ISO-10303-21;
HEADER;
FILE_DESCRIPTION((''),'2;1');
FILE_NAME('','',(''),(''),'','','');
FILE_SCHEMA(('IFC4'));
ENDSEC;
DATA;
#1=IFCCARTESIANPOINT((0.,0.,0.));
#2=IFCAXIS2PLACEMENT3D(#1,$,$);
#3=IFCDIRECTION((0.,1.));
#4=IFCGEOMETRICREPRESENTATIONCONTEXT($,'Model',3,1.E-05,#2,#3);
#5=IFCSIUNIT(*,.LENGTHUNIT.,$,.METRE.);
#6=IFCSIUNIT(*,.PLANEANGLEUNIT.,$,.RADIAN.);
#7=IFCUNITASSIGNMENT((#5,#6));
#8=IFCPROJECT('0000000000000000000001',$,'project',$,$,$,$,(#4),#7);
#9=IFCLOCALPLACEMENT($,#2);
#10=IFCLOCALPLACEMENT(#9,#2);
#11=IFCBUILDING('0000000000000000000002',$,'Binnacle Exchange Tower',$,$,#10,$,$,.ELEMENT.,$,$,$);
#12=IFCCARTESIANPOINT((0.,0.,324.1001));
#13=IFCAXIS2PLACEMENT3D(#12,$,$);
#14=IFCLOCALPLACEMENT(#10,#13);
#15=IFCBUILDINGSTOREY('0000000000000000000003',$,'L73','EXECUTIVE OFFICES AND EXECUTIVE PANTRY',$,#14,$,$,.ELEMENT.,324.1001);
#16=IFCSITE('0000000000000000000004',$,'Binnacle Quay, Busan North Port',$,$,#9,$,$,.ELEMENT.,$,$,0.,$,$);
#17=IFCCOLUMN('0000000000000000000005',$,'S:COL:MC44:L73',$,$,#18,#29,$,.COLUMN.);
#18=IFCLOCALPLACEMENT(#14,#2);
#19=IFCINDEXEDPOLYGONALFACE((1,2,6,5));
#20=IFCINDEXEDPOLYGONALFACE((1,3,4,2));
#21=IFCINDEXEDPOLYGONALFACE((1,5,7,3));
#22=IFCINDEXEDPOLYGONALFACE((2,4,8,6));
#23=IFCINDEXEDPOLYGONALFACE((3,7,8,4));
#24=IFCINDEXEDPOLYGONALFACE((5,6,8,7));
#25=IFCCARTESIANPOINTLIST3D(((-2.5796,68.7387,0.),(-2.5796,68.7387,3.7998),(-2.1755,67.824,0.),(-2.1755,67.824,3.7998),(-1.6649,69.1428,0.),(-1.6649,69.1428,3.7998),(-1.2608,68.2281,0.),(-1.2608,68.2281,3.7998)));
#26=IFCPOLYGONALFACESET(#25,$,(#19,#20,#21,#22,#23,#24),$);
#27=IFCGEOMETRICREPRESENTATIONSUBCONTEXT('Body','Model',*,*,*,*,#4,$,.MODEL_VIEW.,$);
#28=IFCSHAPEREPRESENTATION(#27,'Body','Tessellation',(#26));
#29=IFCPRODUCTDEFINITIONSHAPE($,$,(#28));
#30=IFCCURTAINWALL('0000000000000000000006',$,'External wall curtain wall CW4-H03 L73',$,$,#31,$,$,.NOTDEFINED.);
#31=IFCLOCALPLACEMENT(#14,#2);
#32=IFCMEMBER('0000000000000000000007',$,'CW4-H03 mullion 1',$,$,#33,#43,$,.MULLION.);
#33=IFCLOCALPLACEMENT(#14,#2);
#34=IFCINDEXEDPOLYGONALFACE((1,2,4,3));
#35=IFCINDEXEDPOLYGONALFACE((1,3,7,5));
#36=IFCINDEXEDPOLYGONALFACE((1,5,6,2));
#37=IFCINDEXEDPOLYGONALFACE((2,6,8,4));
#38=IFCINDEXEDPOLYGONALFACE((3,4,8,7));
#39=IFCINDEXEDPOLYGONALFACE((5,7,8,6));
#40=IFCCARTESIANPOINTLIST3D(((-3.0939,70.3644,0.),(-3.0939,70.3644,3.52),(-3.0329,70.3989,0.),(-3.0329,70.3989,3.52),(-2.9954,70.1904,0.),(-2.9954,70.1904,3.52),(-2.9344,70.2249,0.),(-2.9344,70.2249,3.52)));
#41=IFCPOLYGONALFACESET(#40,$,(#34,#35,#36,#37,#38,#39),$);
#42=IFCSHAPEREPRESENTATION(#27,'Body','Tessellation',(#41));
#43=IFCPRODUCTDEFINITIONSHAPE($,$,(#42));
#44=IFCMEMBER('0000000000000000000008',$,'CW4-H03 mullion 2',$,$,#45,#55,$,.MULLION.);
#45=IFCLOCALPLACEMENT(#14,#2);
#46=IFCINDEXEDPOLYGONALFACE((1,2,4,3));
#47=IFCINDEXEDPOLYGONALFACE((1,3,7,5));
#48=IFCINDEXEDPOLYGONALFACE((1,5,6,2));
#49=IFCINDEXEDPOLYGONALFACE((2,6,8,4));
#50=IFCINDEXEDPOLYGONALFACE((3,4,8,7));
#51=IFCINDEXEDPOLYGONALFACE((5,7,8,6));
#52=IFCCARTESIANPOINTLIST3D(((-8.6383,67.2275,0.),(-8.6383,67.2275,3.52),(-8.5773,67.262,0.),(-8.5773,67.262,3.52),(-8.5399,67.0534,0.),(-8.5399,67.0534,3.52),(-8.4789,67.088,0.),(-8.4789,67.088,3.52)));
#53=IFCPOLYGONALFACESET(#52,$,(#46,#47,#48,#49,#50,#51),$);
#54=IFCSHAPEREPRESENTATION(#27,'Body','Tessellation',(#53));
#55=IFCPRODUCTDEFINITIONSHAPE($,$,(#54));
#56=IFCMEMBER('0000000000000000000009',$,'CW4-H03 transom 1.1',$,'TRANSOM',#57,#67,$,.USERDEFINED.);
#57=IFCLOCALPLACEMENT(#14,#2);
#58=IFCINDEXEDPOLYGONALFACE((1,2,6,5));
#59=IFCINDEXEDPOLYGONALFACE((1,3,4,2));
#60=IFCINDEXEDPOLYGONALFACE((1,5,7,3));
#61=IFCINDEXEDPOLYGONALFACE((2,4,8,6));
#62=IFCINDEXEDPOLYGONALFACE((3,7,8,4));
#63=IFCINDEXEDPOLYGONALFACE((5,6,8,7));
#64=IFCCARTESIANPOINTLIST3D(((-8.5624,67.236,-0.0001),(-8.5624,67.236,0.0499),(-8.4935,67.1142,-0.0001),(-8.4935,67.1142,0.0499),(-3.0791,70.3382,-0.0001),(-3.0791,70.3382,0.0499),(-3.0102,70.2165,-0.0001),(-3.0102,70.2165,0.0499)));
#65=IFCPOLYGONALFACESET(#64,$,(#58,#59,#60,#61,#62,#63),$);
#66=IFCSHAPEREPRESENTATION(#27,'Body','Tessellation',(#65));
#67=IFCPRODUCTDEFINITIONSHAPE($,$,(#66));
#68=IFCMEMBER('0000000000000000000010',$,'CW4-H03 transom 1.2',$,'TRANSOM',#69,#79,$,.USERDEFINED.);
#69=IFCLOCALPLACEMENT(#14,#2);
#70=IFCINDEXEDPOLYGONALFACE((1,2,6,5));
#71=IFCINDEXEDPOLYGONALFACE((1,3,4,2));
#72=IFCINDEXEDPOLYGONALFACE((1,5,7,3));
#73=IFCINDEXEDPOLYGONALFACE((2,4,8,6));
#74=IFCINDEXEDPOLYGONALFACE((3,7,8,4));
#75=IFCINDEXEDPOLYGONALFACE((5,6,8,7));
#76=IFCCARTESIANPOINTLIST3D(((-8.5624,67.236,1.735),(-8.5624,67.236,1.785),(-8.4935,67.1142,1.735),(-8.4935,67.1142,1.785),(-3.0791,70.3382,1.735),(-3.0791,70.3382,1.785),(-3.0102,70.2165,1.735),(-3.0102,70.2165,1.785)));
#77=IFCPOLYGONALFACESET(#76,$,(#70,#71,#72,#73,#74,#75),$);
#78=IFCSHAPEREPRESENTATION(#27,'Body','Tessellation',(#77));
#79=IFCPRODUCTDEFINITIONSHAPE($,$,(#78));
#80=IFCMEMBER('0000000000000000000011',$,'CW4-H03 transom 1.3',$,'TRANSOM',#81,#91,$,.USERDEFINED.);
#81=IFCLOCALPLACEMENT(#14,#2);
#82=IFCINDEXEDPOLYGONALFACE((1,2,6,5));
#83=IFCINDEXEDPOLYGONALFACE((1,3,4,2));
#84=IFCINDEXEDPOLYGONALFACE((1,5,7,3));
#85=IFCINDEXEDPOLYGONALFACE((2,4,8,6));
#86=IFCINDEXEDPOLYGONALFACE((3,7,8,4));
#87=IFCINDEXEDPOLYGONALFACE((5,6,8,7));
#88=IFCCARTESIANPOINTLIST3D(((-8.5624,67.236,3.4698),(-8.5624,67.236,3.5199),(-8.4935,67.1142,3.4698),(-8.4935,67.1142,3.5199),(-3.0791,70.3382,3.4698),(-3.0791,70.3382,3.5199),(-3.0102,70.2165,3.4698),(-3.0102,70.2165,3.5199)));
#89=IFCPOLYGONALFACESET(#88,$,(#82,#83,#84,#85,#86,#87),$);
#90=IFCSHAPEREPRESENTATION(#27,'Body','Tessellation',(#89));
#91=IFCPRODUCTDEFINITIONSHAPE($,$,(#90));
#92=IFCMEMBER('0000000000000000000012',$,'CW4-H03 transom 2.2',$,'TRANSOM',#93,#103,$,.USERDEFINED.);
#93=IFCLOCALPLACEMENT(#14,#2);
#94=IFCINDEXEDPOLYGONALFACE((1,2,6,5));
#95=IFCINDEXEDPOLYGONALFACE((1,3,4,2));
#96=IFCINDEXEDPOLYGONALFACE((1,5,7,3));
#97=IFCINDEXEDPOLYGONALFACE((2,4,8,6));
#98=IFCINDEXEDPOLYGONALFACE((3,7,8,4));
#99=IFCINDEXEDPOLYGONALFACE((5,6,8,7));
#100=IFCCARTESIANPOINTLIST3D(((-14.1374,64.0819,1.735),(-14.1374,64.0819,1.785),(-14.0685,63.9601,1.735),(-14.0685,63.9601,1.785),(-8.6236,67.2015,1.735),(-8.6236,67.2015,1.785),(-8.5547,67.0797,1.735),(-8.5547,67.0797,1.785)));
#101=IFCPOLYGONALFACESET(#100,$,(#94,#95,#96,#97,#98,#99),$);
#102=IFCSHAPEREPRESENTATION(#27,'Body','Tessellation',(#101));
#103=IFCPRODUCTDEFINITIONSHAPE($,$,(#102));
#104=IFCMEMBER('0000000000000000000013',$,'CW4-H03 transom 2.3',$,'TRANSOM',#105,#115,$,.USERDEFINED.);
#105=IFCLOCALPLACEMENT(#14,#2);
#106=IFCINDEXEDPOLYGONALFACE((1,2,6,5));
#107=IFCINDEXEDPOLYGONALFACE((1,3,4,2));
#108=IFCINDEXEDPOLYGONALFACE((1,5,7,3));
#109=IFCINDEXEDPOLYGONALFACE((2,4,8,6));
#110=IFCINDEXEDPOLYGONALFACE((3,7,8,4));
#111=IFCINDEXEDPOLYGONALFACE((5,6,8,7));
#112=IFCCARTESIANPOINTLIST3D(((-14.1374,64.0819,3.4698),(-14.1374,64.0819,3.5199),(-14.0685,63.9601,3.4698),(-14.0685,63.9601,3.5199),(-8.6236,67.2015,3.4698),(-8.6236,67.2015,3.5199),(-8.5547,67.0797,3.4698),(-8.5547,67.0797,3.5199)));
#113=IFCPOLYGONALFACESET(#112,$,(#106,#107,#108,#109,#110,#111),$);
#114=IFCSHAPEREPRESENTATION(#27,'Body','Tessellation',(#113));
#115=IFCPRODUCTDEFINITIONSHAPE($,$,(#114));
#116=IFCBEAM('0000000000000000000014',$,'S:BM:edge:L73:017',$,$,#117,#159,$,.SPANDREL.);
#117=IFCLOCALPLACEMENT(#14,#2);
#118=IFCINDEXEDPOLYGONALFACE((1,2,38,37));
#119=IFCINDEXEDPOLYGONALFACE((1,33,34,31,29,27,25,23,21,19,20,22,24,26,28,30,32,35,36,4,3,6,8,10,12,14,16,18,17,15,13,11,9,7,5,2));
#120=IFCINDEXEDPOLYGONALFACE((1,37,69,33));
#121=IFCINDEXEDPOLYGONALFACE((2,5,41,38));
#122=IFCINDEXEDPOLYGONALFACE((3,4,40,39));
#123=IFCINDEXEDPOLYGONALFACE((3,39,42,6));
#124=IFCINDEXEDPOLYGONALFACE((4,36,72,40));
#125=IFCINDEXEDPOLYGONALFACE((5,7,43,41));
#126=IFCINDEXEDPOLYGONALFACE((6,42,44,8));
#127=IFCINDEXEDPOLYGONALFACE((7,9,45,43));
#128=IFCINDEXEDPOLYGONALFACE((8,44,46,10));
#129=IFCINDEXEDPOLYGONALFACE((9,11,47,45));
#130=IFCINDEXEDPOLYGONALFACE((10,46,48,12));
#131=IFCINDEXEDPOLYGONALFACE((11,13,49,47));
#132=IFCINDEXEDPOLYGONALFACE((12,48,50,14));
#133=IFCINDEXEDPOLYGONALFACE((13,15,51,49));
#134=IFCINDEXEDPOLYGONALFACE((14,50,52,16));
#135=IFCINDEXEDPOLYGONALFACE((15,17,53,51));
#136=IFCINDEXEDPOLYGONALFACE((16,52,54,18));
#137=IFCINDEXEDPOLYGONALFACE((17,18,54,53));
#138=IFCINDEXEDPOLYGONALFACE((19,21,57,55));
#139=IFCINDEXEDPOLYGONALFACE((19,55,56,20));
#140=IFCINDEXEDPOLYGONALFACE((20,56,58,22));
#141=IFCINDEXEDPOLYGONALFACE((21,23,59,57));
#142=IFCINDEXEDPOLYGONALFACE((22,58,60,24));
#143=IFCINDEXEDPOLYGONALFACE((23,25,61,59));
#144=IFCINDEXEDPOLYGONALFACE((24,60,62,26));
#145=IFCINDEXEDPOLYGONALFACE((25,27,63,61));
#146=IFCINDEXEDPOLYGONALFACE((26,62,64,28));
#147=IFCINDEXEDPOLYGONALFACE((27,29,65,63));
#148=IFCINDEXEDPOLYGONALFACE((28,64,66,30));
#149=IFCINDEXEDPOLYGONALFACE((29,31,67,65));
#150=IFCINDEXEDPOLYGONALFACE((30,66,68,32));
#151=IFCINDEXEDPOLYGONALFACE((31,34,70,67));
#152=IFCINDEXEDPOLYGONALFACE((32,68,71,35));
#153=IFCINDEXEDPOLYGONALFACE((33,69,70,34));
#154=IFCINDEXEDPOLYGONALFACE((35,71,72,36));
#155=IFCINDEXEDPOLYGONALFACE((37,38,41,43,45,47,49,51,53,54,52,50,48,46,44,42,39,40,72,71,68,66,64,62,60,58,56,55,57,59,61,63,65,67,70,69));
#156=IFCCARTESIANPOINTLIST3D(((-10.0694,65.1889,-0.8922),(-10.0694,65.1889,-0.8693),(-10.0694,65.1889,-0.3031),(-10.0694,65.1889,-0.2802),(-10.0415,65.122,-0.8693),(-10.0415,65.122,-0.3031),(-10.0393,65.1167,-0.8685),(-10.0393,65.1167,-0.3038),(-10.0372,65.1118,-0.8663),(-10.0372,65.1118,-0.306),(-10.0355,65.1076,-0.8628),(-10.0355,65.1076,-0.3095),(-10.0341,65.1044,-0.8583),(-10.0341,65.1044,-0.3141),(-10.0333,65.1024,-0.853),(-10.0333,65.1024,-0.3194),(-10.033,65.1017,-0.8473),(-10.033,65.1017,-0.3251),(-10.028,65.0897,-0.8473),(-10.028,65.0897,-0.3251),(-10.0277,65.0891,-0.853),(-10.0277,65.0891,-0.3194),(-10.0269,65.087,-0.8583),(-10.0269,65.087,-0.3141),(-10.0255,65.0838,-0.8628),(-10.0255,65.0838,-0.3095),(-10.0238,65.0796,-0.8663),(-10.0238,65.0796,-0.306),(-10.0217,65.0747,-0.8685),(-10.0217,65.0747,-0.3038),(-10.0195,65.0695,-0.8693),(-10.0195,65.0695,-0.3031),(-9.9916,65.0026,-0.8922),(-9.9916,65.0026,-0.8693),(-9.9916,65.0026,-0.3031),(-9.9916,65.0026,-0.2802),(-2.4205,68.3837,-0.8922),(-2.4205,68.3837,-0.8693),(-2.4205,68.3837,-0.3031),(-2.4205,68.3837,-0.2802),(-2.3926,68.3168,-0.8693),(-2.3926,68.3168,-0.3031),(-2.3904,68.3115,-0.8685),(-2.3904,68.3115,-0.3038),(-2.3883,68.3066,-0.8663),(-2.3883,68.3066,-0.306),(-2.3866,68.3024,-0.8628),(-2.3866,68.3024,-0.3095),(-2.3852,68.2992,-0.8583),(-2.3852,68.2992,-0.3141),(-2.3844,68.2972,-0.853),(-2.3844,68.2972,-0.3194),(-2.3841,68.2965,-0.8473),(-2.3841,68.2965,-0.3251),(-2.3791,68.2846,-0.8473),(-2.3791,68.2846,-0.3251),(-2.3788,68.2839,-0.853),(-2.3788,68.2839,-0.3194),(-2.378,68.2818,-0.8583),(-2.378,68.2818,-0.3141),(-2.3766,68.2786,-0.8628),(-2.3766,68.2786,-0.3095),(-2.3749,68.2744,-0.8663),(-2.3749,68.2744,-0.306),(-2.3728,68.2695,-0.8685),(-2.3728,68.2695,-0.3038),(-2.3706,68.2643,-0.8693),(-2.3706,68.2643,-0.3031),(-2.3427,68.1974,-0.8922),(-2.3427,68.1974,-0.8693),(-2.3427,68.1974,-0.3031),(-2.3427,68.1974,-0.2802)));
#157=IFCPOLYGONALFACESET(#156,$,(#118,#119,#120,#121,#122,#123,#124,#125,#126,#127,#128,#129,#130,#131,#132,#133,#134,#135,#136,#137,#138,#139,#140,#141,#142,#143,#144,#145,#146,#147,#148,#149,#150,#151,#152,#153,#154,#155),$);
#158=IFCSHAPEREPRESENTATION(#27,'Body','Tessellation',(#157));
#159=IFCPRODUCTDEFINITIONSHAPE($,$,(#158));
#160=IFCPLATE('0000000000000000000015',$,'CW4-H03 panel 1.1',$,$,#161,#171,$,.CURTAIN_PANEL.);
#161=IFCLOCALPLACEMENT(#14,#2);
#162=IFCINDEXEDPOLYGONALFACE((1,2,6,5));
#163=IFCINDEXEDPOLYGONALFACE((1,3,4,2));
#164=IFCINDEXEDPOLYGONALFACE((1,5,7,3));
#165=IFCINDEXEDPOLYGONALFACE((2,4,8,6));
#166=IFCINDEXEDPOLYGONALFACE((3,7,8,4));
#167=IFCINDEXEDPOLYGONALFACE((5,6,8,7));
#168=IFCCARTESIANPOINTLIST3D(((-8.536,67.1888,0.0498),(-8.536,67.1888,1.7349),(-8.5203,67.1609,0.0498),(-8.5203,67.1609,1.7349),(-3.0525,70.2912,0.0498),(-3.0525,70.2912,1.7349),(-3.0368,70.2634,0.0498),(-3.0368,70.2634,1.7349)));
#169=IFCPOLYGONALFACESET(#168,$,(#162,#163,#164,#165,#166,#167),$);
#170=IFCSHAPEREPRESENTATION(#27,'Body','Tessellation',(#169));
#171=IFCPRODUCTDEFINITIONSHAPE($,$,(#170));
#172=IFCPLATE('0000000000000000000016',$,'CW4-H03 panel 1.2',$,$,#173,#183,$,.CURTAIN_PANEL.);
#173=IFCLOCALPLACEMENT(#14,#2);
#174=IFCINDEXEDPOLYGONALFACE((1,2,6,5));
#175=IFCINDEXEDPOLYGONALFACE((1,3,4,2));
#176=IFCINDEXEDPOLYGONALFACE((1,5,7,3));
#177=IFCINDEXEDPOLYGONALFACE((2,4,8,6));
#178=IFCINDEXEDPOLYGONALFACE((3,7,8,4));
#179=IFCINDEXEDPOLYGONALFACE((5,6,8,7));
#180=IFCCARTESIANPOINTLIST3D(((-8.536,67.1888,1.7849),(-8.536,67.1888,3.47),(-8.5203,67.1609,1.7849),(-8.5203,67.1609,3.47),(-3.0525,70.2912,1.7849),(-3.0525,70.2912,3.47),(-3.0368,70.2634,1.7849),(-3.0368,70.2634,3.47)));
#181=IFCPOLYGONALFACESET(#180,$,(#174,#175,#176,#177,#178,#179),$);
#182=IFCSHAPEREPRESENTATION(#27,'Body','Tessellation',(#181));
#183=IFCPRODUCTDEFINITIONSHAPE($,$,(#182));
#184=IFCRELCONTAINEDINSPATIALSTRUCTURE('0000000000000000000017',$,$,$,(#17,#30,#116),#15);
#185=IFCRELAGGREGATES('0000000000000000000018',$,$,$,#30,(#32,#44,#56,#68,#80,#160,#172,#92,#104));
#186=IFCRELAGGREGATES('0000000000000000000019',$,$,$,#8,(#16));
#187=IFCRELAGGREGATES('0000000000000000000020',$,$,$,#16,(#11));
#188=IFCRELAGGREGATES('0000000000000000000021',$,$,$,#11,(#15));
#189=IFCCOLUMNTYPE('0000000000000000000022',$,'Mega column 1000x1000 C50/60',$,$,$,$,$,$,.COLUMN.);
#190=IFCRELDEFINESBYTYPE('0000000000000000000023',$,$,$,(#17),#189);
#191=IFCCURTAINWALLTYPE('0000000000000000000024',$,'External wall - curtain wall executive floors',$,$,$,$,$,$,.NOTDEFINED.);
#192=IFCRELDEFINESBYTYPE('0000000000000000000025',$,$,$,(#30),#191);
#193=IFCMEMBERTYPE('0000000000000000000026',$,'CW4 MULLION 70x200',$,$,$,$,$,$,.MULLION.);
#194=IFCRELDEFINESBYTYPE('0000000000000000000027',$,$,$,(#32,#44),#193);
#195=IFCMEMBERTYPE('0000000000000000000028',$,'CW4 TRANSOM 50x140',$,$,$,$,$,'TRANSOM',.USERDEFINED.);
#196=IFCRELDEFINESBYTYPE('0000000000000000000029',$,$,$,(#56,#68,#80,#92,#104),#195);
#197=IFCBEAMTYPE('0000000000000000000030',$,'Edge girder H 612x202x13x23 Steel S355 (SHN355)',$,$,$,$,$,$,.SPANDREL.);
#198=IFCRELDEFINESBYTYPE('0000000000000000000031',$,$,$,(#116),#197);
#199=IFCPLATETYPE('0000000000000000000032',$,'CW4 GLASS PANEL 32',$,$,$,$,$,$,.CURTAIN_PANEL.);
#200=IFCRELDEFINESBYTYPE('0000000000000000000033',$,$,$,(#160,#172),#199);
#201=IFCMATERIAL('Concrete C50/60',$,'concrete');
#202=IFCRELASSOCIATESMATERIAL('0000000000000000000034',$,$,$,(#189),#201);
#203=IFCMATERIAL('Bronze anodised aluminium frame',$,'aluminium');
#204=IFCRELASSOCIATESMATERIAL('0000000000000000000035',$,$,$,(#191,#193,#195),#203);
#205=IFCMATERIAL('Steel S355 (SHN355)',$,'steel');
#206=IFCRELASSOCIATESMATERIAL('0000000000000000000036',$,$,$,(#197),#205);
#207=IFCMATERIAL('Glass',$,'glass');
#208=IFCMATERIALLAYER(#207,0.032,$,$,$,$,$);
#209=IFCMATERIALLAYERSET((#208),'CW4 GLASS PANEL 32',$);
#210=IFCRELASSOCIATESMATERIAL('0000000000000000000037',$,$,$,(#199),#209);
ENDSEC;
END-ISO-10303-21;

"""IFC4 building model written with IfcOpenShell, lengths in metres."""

from ifc_helpers import new_model, si_unit, direction, frame, origin, origin_2d, place, context, subcontext, project, spatial, rectangle, i_section, extrude, material, layer, layer_set, material_profile, profile_set, type_object, element, aggregate, save


model = new_model("IFC4")

# Units and contexts
model_context = context("Model", 3, precision=1e-05, world=origin(), true_north=direction((0.0, 1.0)))
body_context = subcontext(model_context, "Body", "Model", "MODEL_VIEW")
ifc_project = project(units=[si_unit("LENGTHUNIT", "METRE"), si_unit("PLANEANGLEUNIT", "RADIAN")], contexts=[model_context])

# Site, building, storey
site_placement = place(None, origin())
site = spatial("IfcSite", under=ifc_project, at=site_placement, Name="Binnacle Quay, Busan North Port", CompositionType="ELEMENT", RefElevation=0.0)
building_placement = place(site_placement, origin())
building = spatial("IfcBuilding", under=site, at=building_placement, Name="Binnacle Exchange Tower", CompositionType="ELEMENT")
storey_placement = place(building_placement, frame((0.0, 0.0, 324.1001)))
storey = spatial("IfcBuildingStorey", under=building, at=storey_placement, Name="L73", Description="EXECUTIVE OFFICES AND EXECUTIVE PANTRY", CompositionType="ELEMENT", Elevation=324.1001)

# Column
ifc_material_1 = material(Name="Concrete C50/60", Category="concrete")
ifc_material_profile_1 = material_profile(ifc_material_1, rectangle(XDim=1.0, YDim=1.0, at=origin_2d()), Name="Mega column 1000x1000 C50/60")
ifc_profile_set_1 = profile_set([ifc_material_profile_1], Name="Concrete C50/60")
column_type = type_object("IfcColumnType", Name="Mega column 1000x1000 C50/60", PredefinedType="COLUMN", material=ifc_profile_set_1)
column_placement = place(storey_placement, frame((-1.9202, 68.4834, 0.0), z_axis=(0.0, 0.0, 1.0), x_axis=(-0.914713, -0.404104, 0.0)))
element("IfcColumn", 1, at=column_placement, inside=storey, type_object=column_type, Name="S:COL:MC44:L73", PredefinedType="COLUMN", context=body_context, shape_type="SweptSolid", body=[
    extrude(rectangle(XDim=1.0, YDim=1.0, at=origin_2d()), origin(), (0.0, 0.0, 1.0), 3.7998),
])

# Curtain wall, members
ifc_material_2 = material(Name="Bronze anodised aluminium frame", Category="aluminium")
curtain_wall_type = type_object("IfcCurtainWallType", Name="External wall - curtain wall executive floors", PredefinedType="NOTDEFINED", material=ifc_material_2)
curtain_wall_placement = place(storey_placement, origin())
curtain_wall = element("IfcCurtainWall", 2, at=curtain_wall_placement, inside=storey, type_object=curtain_wall_type, Name="External wall curtain wall CW4-H03 L73", PredefinedType="NOTDEFINED")
ifc_material_profile_2 = material_profile(ifc_material_2, rectangle(XDim=0.2, YDim=0.0701, at=origin_2d()), Name="AL 70x200")
ifc_profile_set_2 = profile_set([ifc_material_profile_2], Name="Bronze anodised aluminium frame")
member_type_1 = type_object("IfcMemberType", Name="CW4 MULLION 70x200", PredefinedType="MULLION", material=ifc_profile_set_2)
member_1_placement = place(storey_placement, frame((-3.0142, 70.2947, 0.0), z_axis=(0.0, 0.0, 1.0), x_axis=(0.492424, -0.870356, 0.0)))
member_1 = element("IfcMember", 3, at=member_1_placement, type_object=member_type_1, Name="CW4-H03 mullion 1", PredefinedType="MULLION", context=body_context, shape_type="SweptSolid", body=[
    extrude(rectangle(XDim=0.2, YDim=0.0701, at=origin_2d()), origin(), (0.0, 0.0, 1.0), 3.52),
])
member_2_placement = place(storey_placement, frame((-8.5586, 67.1577, 0.0), z_axis=(0.0, 0.0, 1.0), x_axis=(0.492424, -0.870356, 0.0)))
member_2 = element("IfcMember", 4, at=member_2_placement, type_object=member_type_1, Name="CW4-H03 mullion 2", PredefinedType="MULLION", context=body_context, shape_type="SweptSolid", body=[
    extrude(rectangle(XDim=0.2, YDim=0.0701, at=origin_2d()), origin(), (0.0, 0.0, 1.0), 3.52),
])
ifc_material_profile_3 = material_profile(ifc_material_2, rectangle(XDim=0.1399, YDim=0.05, at=origin_2d()), Name="AL 140x50")
ifc_profile_set_3 = profile_set([ifc_material_profile_3], Name="Bronze anodised aluminium frame")
member_type_2 = type_object("IfcMemberType", Name="CW4 TRANSOM 50x140", ElementType="TRANSOM", PredefinedType="USERDEFINED", material=ifc_profile_set_3)
member_3_placement = place(storey_placement, frame((-3.0447, 70.2773, 0.0249), z_axis=(-0.87036, -0.492416, 0.0), x_axis=(0.492416, -0.87036, 0.0)))
member_3 = element("IfcMember", 5, at=member_3_placement, type_object=member_type_2, Name="CW4-H03 transom 1.1", ObjectType="TRANSOM", PredefinedType="USERDEFINED", context=body_context, shape_type="SweptSolid", body=[
    extrude(rectangle(XDim=0.1399, YDim=0.05, at=origin_2d()), origin(), (0.0, 0.0, 1.0), 6.3),
])
member_4_placement = place(storey_placement, frame((-3.0447, 70.2773, 1.76), z_axis=(-0.87036, -0.492416, 0.0), x_axis=(0.492416, -0.87036, 0.0)))
member_4 = element("IfcMember", 6, at=member_4_placement, type_object=member_type_2, Name="CW4-H03 transom 1.2", ObjectType="TRANSOM", PredefinedType="USERDEFINED", context=body_context, shape_type="SweptSolid", body=[
    extrude(rectangle(XDim=0.1399, YDim=0.05, at=origin_2d()), origin(), (0.0, 0.0, 1.0), 6.3),
])
member_5_placement = place(storey_placement, frame((-3.0447, 70.2773, 3.4949), z_axis=(-0.87036, -0.492416, 0.0), x_axis=(0.492416, -0.87036, 0.0)))
member_5 = element("IfcMember", 7, at=member_5_placement, type_object=member_type_2, Name="CW4-H03 transom 1.3", ObjectType="TRANSOM", PredefinedType="USERDEFINED", context=body_context, shape_type="SweptSolid", body=[
    extrude(rectangle(XDim=0.1399, YDim=0.05, at=origin_2d()), origin(), (0.0, 0.0, 1.0), 6.3),
])
member_6_placement = place(storey_placement, frame((-8.5891, 67.1406, 1.76), z_axis=(-0.870355, -0.492424, 0.0), x_axis=(0.492424, -0.870355, 0.0)))
member_6 = element("IfcMember", 8, at=member_6_placement, type_object=member_type_2, Name="CW4-H03 transom 2.2", ObjectType="TRANSOM", PredefinedType="USERDEFINED", context=body_context, shape_type="SweptSolid", body=[
    extrude(rectangle(XDim=0.1399, YDim=0.05, at=origin_2d()), origin(), (0.0, 0.0, 1.0), 6.3352),
])
member_7_placement = place(storey_placement, frame((-8.5891, 67.1406, 3.4949), z_axis=(-0.870355, -0.492424, 0.0), x_axis=(0.492424, -0.870355, 0.0)))
member_7 = element("IfcMember", 9, at=member_7_placement, type_object=member_type_2, Name="CW4-H03 transom 2.3", ObjectType="TRANSOM", PredefinedType="USERDEFINED", context=body_context, shape_type="SweptSolid", body=[
    extrude(rectangle(XDim=0.1399, YDim=0.05, at=origin_2d()), origin(), (0.0, 0.0, 1.0), 6.3352),
])

# Beam
ifc_material_3 = material(Name="Steel S355 (SHN355)", Category="steel")
ifc_material_profile_4 = material_profile(ifc_material_3, i_section(OverallWidth=0.2019, OverallDepth=0.6121, WebThickness=0.0129, FlangeThickness=0.0229, FilletRadius=0.022, at=origin_2d()), Name="H 612x202x13x23")
ifc_profile_set_4 = profile_set([ifc_material_profile_4], Name="Steel S355 (SHN355)")
beam_type = type_object("IfcBeamType", Name="Edge girder H 612x202x13x23 Steel S355 (SHN355)", PredefinedType="SPANDREL", material=ifc_profile_set_4)
beam_placement = place(storey_placement, frame((-2.3816, 68.2905, -0.5862), z_axis=(-0.922744, -0.385414, 0.0), x_axis=(0.385414, -0.922744, 0.0)))
element("IfcBeam", 10, at=beam_placement, inside=storey, type_object=beam_type, Name="S:BM:edge:L73:017", PredefinedType="SPANDREL", context=body_context, shape_type="SweptSolid", body=[
    extrude(i_section(OverallWidth=0.2019, OverallDepth=0.6121, WebThickness=0.0129, FlangeThickness=0.0229, FilletRadius=0.022, at=origin_2d()), origin(), (0.0, 0.0, 1.0), 8.2893),
])

# Plates
ifc_material_4 = material(Name="Glass", Category="glass")
ifc_layer_1 = layer(ifc_material_4, 0.032)
ifc_layer_set_1 = layer_set([ifc_layer_1], Name="CW4 GLASS PANEL 32")
plate_type = type_object("IfcPlateType", Name="CW4 GLASS PANEL 32", PredefinedType="CURTAIN_PANEL", material=ifc_layer_set_1)
plate_1_placement = place(storey_placement, frame((-5.7864, 68.7261, 0.0498), z_axis=(0.0, 0.0, 1.0), x_axis=(-0.870356, -0.492424, 0.0)))
plate_1 = element("IfcPlate", 11, at=plate_1_placement, type_object=plate_type, Name="CW4-H03 panel 1.1", PredefinedType="CURTAIN_PANEL", context=body_context, shape_type="SweptSolid", body=[
    extrude(rectangle(XDim=6.3003, YDim=0.032, at=origin_2d()), origin(), (0.0, 0.0, 1.0), 1.6851),
])
plate_2_placement = place(storey_placement, frame((-5.7864, 68.7261, 1.7849), z_axis=(0.0, 0.0, 1.0), x_axis=(-0.870356, -0.492424, 0.0)))
plate_2 = element("IfcPlate", 12, at=plate_2_placement, type_object=plate_type, Name="CW4-H03 panel 1.2", PredefinedType="CURTAIN_PANEL", context=body_context, shape_type="SweptSolid", body=[
    extrude(rectangle(XDim=6.3003, YDim=0.032, at=origin_2d()), origin(), (0.0, 0.0, 1.0), 1.6851),
])
aggregate(curtain_wall, [member_1, member_2, member_3, member_4, member_5, plate_1, plate_2, member_6, member_7])

save(model, "model.ifc")
